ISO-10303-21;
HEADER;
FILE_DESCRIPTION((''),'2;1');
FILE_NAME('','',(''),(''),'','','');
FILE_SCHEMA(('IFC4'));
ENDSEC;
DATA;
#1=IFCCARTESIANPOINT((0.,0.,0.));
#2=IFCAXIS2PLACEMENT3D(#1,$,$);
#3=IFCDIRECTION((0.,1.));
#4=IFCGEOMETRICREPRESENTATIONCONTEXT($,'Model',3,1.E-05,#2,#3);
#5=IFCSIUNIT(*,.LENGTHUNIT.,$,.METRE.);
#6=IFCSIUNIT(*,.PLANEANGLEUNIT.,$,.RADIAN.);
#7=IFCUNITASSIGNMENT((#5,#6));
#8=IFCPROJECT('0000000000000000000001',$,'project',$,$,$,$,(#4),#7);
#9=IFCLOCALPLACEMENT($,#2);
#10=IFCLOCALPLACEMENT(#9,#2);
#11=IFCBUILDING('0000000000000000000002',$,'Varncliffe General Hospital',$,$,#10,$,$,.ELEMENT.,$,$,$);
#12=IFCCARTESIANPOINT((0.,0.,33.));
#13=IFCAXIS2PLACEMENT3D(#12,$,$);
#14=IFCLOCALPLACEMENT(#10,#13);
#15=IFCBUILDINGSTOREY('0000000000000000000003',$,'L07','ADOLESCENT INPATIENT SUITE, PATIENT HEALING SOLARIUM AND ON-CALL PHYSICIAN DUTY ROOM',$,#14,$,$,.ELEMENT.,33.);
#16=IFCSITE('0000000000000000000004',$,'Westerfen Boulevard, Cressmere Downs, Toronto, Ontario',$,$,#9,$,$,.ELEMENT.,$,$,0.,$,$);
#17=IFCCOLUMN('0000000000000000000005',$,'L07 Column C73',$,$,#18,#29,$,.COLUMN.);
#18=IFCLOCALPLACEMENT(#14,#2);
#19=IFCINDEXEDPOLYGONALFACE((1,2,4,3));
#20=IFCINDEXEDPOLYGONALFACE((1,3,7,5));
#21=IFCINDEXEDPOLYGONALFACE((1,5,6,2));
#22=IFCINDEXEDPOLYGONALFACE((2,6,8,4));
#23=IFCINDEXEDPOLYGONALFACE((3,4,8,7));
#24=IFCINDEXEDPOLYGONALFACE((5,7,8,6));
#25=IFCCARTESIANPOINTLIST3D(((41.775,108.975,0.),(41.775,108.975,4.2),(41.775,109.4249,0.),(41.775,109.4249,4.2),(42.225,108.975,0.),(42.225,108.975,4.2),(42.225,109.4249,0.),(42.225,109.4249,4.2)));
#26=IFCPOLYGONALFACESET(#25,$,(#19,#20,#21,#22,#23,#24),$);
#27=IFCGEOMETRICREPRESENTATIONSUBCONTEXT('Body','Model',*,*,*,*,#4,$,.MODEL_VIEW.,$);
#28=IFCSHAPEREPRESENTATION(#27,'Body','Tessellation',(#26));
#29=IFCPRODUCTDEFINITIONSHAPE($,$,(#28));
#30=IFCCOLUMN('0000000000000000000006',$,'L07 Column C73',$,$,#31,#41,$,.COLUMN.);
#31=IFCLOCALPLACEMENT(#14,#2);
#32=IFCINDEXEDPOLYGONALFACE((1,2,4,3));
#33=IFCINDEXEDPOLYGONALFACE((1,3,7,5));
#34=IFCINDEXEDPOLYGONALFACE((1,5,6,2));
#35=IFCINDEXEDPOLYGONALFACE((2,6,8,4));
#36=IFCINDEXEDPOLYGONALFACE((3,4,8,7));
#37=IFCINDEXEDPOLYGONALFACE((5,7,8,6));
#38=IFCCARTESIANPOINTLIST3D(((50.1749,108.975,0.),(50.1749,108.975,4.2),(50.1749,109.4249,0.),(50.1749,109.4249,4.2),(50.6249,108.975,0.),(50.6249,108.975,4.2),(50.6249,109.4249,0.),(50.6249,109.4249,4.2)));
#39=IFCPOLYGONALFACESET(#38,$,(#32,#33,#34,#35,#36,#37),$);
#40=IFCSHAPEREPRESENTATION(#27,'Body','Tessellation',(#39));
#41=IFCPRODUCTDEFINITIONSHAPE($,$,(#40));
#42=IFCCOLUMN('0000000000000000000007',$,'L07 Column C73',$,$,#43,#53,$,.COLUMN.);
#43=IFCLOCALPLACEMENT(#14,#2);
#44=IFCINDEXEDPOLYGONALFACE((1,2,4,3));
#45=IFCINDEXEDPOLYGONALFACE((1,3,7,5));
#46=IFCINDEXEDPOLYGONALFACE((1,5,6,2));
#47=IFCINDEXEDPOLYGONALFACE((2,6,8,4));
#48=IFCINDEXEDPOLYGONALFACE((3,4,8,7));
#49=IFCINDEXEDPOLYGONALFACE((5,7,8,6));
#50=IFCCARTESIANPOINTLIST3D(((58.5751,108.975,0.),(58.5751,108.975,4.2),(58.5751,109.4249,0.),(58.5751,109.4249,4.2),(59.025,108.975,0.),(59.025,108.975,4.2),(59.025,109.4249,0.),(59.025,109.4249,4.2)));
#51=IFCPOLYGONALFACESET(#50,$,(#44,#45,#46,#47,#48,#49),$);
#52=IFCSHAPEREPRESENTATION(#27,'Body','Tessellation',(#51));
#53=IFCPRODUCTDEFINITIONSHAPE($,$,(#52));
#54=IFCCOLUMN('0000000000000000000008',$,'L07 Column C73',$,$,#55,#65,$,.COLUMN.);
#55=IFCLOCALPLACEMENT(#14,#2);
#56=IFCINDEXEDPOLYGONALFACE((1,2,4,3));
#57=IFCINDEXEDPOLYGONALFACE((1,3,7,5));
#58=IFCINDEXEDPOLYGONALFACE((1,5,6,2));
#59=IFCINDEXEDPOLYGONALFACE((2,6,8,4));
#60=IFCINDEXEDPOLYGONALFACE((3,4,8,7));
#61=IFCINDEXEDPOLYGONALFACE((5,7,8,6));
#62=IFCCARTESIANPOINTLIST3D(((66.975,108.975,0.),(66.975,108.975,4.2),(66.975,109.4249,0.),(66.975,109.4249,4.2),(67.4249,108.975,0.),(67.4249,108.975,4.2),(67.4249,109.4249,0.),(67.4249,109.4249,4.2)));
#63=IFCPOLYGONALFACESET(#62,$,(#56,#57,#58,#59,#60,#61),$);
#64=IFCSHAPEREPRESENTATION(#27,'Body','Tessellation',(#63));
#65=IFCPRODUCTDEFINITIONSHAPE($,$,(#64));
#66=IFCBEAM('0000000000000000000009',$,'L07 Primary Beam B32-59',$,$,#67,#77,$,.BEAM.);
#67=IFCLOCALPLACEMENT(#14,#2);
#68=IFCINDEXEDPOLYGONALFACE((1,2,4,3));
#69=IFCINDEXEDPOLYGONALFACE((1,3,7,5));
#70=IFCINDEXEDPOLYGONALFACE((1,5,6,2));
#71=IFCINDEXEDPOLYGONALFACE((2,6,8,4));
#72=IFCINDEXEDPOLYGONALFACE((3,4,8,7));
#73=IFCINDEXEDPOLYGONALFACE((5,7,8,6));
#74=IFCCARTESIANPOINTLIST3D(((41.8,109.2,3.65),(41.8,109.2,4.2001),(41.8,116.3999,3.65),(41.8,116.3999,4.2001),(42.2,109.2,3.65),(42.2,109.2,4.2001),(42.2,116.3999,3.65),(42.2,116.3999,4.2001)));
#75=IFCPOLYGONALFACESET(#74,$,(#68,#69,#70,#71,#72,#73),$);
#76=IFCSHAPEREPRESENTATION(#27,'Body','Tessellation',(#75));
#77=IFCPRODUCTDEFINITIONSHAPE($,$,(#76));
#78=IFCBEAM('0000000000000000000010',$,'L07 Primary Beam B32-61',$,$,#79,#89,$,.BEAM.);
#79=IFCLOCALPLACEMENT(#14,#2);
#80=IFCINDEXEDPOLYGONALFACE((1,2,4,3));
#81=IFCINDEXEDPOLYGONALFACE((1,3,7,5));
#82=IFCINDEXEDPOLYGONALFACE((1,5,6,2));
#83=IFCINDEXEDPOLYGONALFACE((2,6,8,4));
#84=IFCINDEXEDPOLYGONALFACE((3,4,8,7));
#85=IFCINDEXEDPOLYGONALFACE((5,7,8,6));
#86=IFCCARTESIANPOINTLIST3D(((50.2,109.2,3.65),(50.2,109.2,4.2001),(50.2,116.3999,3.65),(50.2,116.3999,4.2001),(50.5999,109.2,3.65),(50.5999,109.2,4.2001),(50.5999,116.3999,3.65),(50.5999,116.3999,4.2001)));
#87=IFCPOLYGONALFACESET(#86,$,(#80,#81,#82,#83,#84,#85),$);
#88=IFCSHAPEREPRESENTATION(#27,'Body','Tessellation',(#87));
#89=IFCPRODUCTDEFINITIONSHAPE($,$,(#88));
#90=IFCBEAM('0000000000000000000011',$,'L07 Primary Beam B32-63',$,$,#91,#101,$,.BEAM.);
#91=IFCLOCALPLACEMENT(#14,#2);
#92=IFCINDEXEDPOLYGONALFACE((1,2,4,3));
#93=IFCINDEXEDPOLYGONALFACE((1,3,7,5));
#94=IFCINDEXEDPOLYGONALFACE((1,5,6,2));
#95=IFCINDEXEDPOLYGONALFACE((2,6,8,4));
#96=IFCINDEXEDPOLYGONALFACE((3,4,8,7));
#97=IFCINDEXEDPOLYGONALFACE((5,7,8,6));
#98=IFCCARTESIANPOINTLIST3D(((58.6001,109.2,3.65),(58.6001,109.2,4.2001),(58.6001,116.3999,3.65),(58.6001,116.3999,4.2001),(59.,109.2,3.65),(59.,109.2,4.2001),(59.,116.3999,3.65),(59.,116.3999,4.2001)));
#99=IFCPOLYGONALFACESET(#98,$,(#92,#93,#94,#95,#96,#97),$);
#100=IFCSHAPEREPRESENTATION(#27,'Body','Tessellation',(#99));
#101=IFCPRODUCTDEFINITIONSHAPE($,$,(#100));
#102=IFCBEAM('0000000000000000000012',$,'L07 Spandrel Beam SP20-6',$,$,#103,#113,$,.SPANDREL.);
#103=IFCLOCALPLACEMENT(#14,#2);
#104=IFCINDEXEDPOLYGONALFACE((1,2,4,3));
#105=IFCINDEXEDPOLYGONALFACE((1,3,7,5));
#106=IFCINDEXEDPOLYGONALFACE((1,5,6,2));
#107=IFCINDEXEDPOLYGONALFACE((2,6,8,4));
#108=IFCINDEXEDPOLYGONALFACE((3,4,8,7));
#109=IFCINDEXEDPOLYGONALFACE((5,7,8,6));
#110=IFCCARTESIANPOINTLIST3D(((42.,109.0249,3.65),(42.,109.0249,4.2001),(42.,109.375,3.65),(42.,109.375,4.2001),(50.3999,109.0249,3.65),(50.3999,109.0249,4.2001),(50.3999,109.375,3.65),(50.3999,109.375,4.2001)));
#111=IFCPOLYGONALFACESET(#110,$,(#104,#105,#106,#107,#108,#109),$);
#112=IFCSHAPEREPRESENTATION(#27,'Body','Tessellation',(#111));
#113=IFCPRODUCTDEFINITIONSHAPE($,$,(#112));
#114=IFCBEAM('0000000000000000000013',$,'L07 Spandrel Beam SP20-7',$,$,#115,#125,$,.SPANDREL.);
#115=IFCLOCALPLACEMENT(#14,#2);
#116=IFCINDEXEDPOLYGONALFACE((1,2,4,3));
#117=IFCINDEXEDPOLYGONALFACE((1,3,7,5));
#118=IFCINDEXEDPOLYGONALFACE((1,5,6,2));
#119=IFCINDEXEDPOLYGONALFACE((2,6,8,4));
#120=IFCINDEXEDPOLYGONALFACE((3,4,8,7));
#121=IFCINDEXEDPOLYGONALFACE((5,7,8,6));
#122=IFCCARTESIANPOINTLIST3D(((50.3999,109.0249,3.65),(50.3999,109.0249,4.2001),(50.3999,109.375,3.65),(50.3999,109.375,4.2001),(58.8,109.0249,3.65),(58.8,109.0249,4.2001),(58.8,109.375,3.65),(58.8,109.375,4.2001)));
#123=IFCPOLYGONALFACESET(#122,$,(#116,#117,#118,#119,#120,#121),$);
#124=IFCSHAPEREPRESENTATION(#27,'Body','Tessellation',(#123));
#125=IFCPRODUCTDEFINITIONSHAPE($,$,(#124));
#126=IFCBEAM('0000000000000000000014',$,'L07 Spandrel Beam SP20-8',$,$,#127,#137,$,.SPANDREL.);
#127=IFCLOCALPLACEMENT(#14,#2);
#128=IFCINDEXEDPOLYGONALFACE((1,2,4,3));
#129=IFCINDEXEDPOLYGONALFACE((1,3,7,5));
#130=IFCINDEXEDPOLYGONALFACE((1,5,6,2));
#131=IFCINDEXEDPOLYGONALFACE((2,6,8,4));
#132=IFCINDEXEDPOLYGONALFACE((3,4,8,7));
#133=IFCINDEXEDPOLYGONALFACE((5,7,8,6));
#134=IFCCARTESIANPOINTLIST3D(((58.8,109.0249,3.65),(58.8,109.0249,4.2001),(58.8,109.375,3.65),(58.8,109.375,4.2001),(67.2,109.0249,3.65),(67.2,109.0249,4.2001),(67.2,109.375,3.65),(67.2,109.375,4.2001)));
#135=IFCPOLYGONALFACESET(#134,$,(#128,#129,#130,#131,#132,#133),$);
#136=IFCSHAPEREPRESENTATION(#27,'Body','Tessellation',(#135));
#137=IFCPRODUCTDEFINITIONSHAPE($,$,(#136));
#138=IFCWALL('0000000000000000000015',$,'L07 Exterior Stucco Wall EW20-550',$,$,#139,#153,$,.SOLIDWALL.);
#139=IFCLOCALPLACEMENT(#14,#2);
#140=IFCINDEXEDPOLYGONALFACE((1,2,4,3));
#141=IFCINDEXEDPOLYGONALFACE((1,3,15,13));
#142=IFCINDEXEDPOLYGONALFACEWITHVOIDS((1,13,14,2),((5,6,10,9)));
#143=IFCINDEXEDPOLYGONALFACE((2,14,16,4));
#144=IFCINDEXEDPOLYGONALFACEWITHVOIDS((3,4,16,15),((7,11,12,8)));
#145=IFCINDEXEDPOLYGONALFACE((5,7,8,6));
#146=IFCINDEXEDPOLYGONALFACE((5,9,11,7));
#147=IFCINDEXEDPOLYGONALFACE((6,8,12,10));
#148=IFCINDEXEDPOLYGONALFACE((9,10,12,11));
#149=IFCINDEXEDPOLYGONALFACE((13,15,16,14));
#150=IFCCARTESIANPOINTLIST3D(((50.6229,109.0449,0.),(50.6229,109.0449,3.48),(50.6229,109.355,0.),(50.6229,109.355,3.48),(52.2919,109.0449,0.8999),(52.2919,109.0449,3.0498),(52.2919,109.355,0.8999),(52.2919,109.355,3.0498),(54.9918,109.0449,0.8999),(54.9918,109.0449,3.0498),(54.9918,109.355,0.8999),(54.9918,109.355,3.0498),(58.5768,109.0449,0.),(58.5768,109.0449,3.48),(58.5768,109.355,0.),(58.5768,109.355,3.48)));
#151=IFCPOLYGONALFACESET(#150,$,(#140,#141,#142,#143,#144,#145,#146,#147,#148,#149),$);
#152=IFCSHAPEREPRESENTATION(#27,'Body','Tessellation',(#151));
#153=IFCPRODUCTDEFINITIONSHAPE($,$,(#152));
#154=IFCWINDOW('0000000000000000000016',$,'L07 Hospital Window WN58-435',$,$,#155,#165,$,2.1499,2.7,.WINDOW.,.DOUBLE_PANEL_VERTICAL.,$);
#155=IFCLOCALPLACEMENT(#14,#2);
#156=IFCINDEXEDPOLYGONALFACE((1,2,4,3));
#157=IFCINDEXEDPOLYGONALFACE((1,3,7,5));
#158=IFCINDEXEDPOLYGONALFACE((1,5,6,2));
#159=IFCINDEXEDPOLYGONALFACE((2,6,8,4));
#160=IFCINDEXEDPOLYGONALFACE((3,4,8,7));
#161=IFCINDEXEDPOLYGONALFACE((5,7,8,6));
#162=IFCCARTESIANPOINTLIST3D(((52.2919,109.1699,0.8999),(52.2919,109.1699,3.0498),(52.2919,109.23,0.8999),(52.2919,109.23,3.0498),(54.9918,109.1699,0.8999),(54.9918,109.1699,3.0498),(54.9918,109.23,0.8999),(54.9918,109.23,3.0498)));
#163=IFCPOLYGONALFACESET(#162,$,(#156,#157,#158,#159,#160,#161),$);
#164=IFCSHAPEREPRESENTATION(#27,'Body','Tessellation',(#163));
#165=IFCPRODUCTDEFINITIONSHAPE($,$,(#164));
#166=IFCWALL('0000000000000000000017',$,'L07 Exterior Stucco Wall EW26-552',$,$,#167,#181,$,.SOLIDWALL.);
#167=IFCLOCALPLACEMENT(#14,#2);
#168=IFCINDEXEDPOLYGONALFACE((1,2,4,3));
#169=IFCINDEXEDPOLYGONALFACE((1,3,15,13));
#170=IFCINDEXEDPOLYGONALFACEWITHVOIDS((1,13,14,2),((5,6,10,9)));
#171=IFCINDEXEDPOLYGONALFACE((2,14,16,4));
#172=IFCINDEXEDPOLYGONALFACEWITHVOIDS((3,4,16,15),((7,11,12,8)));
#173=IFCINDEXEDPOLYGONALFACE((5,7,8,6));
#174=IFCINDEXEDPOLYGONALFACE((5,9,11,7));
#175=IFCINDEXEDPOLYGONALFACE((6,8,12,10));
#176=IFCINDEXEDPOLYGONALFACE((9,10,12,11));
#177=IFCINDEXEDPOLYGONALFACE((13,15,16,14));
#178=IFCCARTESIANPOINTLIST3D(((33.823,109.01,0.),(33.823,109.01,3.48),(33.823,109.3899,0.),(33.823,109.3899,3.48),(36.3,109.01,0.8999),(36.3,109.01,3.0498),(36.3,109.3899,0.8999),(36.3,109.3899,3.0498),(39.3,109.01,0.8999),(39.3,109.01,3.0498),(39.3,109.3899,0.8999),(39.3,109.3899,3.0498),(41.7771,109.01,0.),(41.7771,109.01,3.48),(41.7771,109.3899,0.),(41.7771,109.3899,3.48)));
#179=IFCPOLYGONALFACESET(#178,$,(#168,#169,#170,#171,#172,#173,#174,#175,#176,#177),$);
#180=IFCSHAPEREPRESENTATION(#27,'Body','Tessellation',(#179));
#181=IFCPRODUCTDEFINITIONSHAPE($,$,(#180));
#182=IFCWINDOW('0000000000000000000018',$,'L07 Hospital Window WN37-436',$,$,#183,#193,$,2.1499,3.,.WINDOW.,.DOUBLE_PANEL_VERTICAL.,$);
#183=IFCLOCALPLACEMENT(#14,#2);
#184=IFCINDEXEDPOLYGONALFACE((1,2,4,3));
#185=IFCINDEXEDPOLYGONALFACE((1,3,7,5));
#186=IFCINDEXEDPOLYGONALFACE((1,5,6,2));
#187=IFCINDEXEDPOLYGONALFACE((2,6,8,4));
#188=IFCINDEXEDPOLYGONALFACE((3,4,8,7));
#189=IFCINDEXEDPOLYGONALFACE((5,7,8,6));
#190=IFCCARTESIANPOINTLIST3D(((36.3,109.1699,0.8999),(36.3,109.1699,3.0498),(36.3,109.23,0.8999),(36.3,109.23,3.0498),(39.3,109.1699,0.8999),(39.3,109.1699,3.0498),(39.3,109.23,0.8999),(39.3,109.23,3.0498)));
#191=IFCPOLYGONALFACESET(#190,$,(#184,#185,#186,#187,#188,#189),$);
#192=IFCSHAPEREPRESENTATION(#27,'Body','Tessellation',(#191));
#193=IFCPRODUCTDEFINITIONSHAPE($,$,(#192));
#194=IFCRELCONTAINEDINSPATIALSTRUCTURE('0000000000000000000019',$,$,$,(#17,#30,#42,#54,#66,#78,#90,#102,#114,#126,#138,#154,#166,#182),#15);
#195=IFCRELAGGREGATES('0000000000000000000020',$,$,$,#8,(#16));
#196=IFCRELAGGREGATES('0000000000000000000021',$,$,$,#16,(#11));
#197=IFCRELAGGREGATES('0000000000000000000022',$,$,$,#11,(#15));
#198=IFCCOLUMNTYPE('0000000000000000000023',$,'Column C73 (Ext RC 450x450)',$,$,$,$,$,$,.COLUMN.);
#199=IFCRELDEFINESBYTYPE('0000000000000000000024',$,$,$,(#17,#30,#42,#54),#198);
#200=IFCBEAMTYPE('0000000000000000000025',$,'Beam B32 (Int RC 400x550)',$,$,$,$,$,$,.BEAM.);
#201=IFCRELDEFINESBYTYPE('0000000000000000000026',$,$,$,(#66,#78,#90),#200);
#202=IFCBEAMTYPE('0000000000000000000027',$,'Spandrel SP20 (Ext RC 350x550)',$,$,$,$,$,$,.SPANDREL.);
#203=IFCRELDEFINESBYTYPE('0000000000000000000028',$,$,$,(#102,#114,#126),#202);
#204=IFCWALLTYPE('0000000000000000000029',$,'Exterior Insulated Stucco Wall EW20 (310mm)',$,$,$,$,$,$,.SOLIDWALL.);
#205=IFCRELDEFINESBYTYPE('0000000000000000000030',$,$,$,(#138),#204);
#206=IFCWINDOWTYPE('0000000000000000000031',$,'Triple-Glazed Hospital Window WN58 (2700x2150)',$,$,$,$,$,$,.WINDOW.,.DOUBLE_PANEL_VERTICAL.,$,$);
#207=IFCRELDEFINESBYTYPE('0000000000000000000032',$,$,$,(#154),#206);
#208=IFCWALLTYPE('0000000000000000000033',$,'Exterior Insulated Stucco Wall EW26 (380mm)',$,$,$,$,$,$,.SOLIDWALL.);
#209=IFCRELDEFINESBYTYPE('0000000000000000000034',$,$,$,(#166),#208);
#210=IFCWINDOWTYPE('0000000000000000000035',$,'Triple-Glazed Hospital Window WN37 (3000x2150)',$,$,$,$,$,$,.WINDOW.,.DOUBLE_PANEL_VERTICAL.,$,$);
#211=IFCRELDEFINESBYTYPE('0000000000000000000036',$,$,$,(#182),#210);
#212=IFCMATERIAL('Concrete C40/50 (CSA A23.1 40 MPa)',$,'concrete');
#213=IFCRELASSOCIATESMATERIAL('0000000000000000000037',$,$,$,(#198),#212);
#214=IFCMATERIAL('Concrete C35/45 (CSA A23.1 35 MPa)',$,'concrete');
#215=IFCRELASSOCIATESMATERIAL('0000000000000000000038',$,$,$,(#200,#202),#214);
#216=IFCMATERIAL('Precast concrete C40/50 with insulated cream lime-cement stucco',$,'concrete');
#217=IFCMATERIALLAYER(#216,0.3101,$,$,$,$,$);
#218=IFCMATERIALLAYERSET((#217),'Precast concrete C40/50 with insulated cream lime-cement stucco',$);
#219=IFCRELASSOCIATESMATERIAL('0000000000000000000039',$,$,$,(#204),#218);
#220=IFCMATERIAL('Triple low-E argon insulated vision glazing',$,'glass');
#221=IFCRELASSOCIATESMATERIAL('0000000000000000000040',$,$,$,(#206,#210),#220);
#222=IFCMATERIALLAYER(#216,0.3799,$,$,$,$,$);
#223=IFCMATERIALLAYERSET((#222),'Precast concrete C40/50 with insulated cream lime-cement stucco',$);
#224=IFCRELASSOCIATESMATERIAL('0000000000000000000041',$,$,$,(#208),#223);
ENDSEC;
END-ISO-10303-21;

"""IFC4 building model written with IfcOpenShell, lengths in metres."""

from ifc_helpers import new_model, si_unit, direction, frame, frame_2d, origin, origin_2d, place, context, subcontext, project, spatial, rectangle, extrude, material, layer, layer_set, material_profile, profile_set, type_object, element, fill, save


model = new_model("IFC4")

# Units and contexts
model_context = context("Model", 3, precision=1e-05, world=origin(), true_north=direction((0.0, 1.0)))
body_context = subcontext(model_context, "Body", "Model", "MODEL_VIEW")
ifc_project = project(units=[si_unit("LENGTHUNIT", "METRE"), si_unit("PLANEANGLEUNIT", "RADIAN")], contexts=[model_context])

# Site, building, storey
site_placement = place(None, origin())
site = spatial("IfcSite", under=ifc_project, at=site_placement, Name="Westerfen Boulevard, Cressmere Downs, Toronto, Ontario", CompositionType="ELEMENT", RefElevation=0.0)
building_placement = place(site_placement, origin())
building = spatial("IfcBuilding", under=site, at=building_placement, Name="Varncliffe General Hospital", CompositionType="ELEMENT")
storey_placement = place(building_placement, frame((0.0, 0.0, 33.0)))
storey = spatial("IfcBuildingStorey", under=building, at=storey_placement, Name="L07", Description="ADOLESCENT INPATIENT SUITE, PATIENT HEALING SOLARIUM AND ON-CALL PHYSICIAN DUTY ROOM", CompositionType="ELEMENT", Elevation=33.0)

# Columns
ifc_material_1 = material(Name="Concrete C40/50 (CSA A23.1 40 MPa)", Category="concrete")
ifc_material_profile_1 = material_profile(ifc_material_1, rectangle(XDim=0.45, YDim=0.45, at=origin_2d()), Name="RC 450x450")
ifc_profile_set_1 = profile_set([ifc_material_profile_1], Name="Concrete C40/50 (CSA A23.1 40 MPa)")
column_type = type_object("IfcColumnType", Name="Column C73 (Ext RC 450x450)", PredefinedType="COLUMN", material=ifc_profile_set_1)
for number, where, z_axis, x_axis, name in (
    (1, (42.0, 109.2, 0.0), (0.0, 0.0, 1.0), (1.0, 0.0, 0.0), "L07 Column C73"),
    (2, (50.3999, 109.2, 0.0), (0.0, 0.0, 1.0), (1.0, 0.0, 0.0), "L07 Column C73"),
    (3, (58.8, 109.2, 0.0), (0.0, 0.0, 1.0), (1.0, 0.0, 0.0), "L07 Column C73"),
    (4, (67.2, 109.2, 0.0), (0.0, 0.0, 1.0), (1.0, 0.0, 0.0), "L07 Column C73"),
):
    element("IfcColumn", number, at=place(storey_placement, frame(where, z_axis=z_axis, x_axis=x_axis)), inside=storey, type_object=column_type, Name=name, PredefinedType="COLUMN", context=body_context, shape_type="SweptSolid", body=[
        extrude(rectangle(XDim=0.45, YDim=0.45, at=origin_2d()), origin(), (0.0, 0.0, 1.0), 4.2),
    ])

# Beams
ifc_material_2 = material(Name="Concrete C35/45 (CSA A23.1 35 MPa)", Category="concrete")
ifc_material_profile_2 = material_profile(ifc_material_2, rectangle(XDim=0.3999, YDim=0.55, at=origin_2d()), Name="RC 400x550")
ifc_profile_set_2 = profile_set([ifc_material_profile_2], Name="Concrete C35/45 (CSA A23.1 35 MPa)")
beam_type_1 = type_object("IfcBeamType", Name="Beam B32 (Int RC 400x550)", PredefinedType="BEAM", material=ifc_profile_set_2)
for number, where, z_axis, x_axis, name in (
    (5, (42.0, 109.2, 3.925), (0.0, 1.0, 0.0), (-1.0, 0.0, 0.0), "L07 Primary Beam B32-59"),
    (6, (50.3999, 109.2, 3.925), (0.0, 1.0, 0.0), (-1.0, 0.0, 0.0), "L07 Primary Beam B32-61"),
    (7, (58.8, 109.2, 3.925), (0.0, 1.0, 0.0), (-1.0, 0.0, 0.0), "L07 Primary Beam B32-63"),
):
    element("IfcBeam", number, at=place(storey_placement, frame(where, z_axis=z_axis, x_axis=x_axis)), inside=storey, type_object=beam_type_1, Name=name, PredefinedType="BEAM", context=body_context, shape_type="SweptSolid", body=[
        extrude(rectangle(XDim=0.3999, YDim=0.55, at=origin_2d()), origin(), (0.0, 0.0, 1.0), 7.2),
    ])
ifc_material_profile_3 = material_profile(ifc_material_2, rectangle(XDim=0.3501, YDim=0.55, at=origin_2d()), Name="RC 350x550")
ifc_profile_set_3 = profile_set([ifc_material_profile_3], Name="Concrete C35/45 (CSA A23.1 35 MPa)")
beam_type_2 = type_object("IfcBeamType", Name="Spandrel SP20 (Ext RC 350x550)", PredefinedType="SPANDREL", material=ifc_profile_set_3)
beam_1_placement = place(storey_placement, frame((42.0, 109.2, 3.925), z_axis=(1.0, 0.0, 0.0), x_axis=(0.0, 1.0, 0.0)))
element("IfcBeam", 8, at=beam_1_placement, inside=storey, type_object=beam_type_2, Name="L07 Spandrel Beam SP20-6", PredefinedType="SPANDREL", context=body_context, shape_type="SweptSolid", body=[
    extrude(rectangle(XDim=0.3501, YDim=0.55, at=origin_2d()), origin(), (0.0, 0.0, 1.0), 8.3999),
])
beam_2_placement = place(storey_placement, frame((50.3999, 109.2, 3.925), z_axis=(1.0, 0.0, 0.0), x_axis=(0.0, 1.0, 0.0)))
element("IfcBeam", 9, at=beam_2_placement, inside=storey, type_object=beam_type_2, Name="L07 Spandrel Beam SP20-7", PredefinedType="SPANDREL", context=body_context, shape_type="SweptSolid", body=[
    extrude(rectangle(XDim=0.3501, YDim=0.55, at=origin_2d()), origin(), (0.0, 0.0, 1.0), 8.4001),
])
beam_3_placement = place(storey_placement, frame((58.8, 109.2, 3.925), z_axis=(1.0, 0.0, 0.0), x_axis=(0.0, 1.0, 0.0)))
element("IfcBeam", 10, at=beam_3_placement, inside=storey, type_object=beam_type_2, Name="L07 Spandrel Beam SP20-8", PredefinedType="SPANDREL", context=body_context, shape_type="SweptSolid", body=[
    extrude(rectangle(XDim=0.3501, YDim=0.55, at=origin_2d()), origin(), (0.0, 0.0, 1.0), 8.3999),
])

# Walls, openings, windows
ifc_material_3 = material(Name="Precast concrete C40/50 with insulated cream lime-cement stucco", Category="concrete")
ifc_layer_1 = layer(ifc_material_3, 0.3101)
ifc_layer_set_1 = layer_set([ifc_layer_1], Name="Precast concrete C40/50 with insulated cream lime-cement stucco")
wall_type_1 = type_object("IfcWallType", Name="Exterior Insulated Stucco Wall EW20 (310mm)", PredefinedType="SOLIDWALL", material=ifc_layer_set_1)
wall_1_placement = place(storey_placement, frame((58.5769, 109.2, 0.0), z_axis=(0.0, 0.0, 1.0), x_axis=(-1.0, 0.0, 0.0)))
wall_1 = element("IfcWall", 11, at=wall_1_placement, inside=storey, type_object=wall_type_1, Name="L07 Exterior Stucco Wall EW20-550", PredefinedType="SOLIDWALL", context=body_context, shape_type="SweptSolid", body=[
    extrude(rectangle(XDim=7.9539, YDim=0.3101, at=frame_2d((3.9771, 0.0))), origin(), (0.0, 0.0, 1.0), 3.48),
])
opening_1_placement = place(wall_1_placement, frame((3.585, 0.0, 0.8999)))
opening_1 = element("IfcOpeningElement", 12, at=opening_1_placement, cuts=wall_1, PredefinedType="OPENING", context=body_context, shape_type="SweptSolid", body=[
    extrude(rectangle(XDim=2.7, YDim=2.1499, at=frame_2d((1.3501, 1.075))), frame((0.0, 0.165, 0.0), z_axis=(0.0, -1.0, 0.0), x_axis=(1.0, 0.0, 0.0)), (0.0, 0.0, 1.0), 0.3301),
])
ifc_material_4 = material(Name="Triple low-E argon insulated vision glazing", Category="glass")
window_type_1 = type_object("IfcWindowType", Name="Triple-Glazed Hospital Window WN58 (2700x2150)", PartitioningType="DOUBLE_PANEL_VERTICAL", PredefinedType="WINDOW", material=ifc_material_4)
window_1_placement = place(opening_1_placement, origin())
window_1 = element("IfcWindow", 13, at=window_1_placement, inside=storey, type_object=window_type_1, Name="L07 Hospital Window WN58-435", OverallHeight=2.1499, OverallWidth=2.7, PartitioningType="DOUBLE_PANEL_VERTICAL", PredefinedType="WINDOW", context=body_context, shape_type="SweptSolid", body=[
    extrude(rectangle(XDim=2.7, YDim=2.1499, at=frame_2d((1.3501, 1.075))), frame((0.0, 0.03, 0.0), z_axis=(0.0, -1.0, 0.0), x_axis=(1.0, 0.0, 0.0)), (0.0, 0.0, 1.0), 0.0601),
])
fill(opening_1, window_1)
ifc_layer_2 = layer(ifc_material_3, 0.3799)
ifc_layer_set_2 = layer_set([ifc_layer_2], Name="Precast concrete C40/50 with insulated cream lime-cement stucco")
wall_type_2 = type_object("IfcWallType", Name="Exterior Insulated Stucco Wall EW26 (380mm)", PredefinedType="SOLIDWALL", material=ifc_layer_set_2)
wall_2_placement = place(storey_placement, frame((41.7771, 109.2, 0.0), z_axis=(0.0, 0.0, 1.0), x_axis=(-1.0, 0.0, 0.0)))
wall_2 = element("IfcWall", 14, at=wall_2_placement, inside=storey, type_object=wall_type_2, Name="L07 Exterior Stucco Wall EW26-552", PredefinedType="SOLIDWALL", context=body_context, shape_type="SweptSolid", body=[
    extrude(rectangle(XDim=7.9541, YDim=0.3799, at=frame_2d((3.9771, 0.0))), origin(), (0.0, 0.0, 1.0), 3.48),
])
opening_2_placement = place(wall_2_placement, frame((2.4771, 0.0, 0.8999)))
opening_2 = element("IfcOpeningElement", 15, at=opening_2_placement, cuts=wall_2, PredefinedType="OPENING", context=body_context, shape_type="SweptSolid", body=[
    extrude(rectangle(XDim=3.0, YDim=2.1499, at=frame_2d((1.5, 1.075))), frame((0.0, 0.2, 0.0), z_axis=(0.0, -1.0, 0.0), x_axis=(1.0, 0.0, 0.0)), (0.0, 0.0, 1.0), 0.3999),
])
window_type_2 = type_object("IfcWindowType", Name="Triple-Glazed Hospital Window WN37 (3000x2150)", PartitioningType="DOUBLE_PANEL_VERTICAL", PredefinedType="WINDOW", material=ifc_material_4)
window_2_placement = place(opening_2_placement, origin())
window_2 = element("IfcWindow", 16, at=window_2_placement, inside=storey, type_object=window_type_2, Name="L07 Hospital Window WN37-436", OverallHeight=2.1499, OverallWidth=3.0, PartitioningType="DOUBLE_PANEL_VERTICAL", PredefinedType="WINDOW", context=body_context, shape_type="SweptSolid", body=[
    extrude(rectangle(XDim=3.0, YDim=2.1499, at=frame_2d((1.5, 1.075))), frame((0.0, 0.03, 0.0), z_axis=(0.0, -1.0, 0.0), x_axis=(1.0, 0.0, 0.0)), (0.0, 0.0, 1.0), 0.0601),
])
fill(opening_2, window_2)

save(model, "model.ifc")
